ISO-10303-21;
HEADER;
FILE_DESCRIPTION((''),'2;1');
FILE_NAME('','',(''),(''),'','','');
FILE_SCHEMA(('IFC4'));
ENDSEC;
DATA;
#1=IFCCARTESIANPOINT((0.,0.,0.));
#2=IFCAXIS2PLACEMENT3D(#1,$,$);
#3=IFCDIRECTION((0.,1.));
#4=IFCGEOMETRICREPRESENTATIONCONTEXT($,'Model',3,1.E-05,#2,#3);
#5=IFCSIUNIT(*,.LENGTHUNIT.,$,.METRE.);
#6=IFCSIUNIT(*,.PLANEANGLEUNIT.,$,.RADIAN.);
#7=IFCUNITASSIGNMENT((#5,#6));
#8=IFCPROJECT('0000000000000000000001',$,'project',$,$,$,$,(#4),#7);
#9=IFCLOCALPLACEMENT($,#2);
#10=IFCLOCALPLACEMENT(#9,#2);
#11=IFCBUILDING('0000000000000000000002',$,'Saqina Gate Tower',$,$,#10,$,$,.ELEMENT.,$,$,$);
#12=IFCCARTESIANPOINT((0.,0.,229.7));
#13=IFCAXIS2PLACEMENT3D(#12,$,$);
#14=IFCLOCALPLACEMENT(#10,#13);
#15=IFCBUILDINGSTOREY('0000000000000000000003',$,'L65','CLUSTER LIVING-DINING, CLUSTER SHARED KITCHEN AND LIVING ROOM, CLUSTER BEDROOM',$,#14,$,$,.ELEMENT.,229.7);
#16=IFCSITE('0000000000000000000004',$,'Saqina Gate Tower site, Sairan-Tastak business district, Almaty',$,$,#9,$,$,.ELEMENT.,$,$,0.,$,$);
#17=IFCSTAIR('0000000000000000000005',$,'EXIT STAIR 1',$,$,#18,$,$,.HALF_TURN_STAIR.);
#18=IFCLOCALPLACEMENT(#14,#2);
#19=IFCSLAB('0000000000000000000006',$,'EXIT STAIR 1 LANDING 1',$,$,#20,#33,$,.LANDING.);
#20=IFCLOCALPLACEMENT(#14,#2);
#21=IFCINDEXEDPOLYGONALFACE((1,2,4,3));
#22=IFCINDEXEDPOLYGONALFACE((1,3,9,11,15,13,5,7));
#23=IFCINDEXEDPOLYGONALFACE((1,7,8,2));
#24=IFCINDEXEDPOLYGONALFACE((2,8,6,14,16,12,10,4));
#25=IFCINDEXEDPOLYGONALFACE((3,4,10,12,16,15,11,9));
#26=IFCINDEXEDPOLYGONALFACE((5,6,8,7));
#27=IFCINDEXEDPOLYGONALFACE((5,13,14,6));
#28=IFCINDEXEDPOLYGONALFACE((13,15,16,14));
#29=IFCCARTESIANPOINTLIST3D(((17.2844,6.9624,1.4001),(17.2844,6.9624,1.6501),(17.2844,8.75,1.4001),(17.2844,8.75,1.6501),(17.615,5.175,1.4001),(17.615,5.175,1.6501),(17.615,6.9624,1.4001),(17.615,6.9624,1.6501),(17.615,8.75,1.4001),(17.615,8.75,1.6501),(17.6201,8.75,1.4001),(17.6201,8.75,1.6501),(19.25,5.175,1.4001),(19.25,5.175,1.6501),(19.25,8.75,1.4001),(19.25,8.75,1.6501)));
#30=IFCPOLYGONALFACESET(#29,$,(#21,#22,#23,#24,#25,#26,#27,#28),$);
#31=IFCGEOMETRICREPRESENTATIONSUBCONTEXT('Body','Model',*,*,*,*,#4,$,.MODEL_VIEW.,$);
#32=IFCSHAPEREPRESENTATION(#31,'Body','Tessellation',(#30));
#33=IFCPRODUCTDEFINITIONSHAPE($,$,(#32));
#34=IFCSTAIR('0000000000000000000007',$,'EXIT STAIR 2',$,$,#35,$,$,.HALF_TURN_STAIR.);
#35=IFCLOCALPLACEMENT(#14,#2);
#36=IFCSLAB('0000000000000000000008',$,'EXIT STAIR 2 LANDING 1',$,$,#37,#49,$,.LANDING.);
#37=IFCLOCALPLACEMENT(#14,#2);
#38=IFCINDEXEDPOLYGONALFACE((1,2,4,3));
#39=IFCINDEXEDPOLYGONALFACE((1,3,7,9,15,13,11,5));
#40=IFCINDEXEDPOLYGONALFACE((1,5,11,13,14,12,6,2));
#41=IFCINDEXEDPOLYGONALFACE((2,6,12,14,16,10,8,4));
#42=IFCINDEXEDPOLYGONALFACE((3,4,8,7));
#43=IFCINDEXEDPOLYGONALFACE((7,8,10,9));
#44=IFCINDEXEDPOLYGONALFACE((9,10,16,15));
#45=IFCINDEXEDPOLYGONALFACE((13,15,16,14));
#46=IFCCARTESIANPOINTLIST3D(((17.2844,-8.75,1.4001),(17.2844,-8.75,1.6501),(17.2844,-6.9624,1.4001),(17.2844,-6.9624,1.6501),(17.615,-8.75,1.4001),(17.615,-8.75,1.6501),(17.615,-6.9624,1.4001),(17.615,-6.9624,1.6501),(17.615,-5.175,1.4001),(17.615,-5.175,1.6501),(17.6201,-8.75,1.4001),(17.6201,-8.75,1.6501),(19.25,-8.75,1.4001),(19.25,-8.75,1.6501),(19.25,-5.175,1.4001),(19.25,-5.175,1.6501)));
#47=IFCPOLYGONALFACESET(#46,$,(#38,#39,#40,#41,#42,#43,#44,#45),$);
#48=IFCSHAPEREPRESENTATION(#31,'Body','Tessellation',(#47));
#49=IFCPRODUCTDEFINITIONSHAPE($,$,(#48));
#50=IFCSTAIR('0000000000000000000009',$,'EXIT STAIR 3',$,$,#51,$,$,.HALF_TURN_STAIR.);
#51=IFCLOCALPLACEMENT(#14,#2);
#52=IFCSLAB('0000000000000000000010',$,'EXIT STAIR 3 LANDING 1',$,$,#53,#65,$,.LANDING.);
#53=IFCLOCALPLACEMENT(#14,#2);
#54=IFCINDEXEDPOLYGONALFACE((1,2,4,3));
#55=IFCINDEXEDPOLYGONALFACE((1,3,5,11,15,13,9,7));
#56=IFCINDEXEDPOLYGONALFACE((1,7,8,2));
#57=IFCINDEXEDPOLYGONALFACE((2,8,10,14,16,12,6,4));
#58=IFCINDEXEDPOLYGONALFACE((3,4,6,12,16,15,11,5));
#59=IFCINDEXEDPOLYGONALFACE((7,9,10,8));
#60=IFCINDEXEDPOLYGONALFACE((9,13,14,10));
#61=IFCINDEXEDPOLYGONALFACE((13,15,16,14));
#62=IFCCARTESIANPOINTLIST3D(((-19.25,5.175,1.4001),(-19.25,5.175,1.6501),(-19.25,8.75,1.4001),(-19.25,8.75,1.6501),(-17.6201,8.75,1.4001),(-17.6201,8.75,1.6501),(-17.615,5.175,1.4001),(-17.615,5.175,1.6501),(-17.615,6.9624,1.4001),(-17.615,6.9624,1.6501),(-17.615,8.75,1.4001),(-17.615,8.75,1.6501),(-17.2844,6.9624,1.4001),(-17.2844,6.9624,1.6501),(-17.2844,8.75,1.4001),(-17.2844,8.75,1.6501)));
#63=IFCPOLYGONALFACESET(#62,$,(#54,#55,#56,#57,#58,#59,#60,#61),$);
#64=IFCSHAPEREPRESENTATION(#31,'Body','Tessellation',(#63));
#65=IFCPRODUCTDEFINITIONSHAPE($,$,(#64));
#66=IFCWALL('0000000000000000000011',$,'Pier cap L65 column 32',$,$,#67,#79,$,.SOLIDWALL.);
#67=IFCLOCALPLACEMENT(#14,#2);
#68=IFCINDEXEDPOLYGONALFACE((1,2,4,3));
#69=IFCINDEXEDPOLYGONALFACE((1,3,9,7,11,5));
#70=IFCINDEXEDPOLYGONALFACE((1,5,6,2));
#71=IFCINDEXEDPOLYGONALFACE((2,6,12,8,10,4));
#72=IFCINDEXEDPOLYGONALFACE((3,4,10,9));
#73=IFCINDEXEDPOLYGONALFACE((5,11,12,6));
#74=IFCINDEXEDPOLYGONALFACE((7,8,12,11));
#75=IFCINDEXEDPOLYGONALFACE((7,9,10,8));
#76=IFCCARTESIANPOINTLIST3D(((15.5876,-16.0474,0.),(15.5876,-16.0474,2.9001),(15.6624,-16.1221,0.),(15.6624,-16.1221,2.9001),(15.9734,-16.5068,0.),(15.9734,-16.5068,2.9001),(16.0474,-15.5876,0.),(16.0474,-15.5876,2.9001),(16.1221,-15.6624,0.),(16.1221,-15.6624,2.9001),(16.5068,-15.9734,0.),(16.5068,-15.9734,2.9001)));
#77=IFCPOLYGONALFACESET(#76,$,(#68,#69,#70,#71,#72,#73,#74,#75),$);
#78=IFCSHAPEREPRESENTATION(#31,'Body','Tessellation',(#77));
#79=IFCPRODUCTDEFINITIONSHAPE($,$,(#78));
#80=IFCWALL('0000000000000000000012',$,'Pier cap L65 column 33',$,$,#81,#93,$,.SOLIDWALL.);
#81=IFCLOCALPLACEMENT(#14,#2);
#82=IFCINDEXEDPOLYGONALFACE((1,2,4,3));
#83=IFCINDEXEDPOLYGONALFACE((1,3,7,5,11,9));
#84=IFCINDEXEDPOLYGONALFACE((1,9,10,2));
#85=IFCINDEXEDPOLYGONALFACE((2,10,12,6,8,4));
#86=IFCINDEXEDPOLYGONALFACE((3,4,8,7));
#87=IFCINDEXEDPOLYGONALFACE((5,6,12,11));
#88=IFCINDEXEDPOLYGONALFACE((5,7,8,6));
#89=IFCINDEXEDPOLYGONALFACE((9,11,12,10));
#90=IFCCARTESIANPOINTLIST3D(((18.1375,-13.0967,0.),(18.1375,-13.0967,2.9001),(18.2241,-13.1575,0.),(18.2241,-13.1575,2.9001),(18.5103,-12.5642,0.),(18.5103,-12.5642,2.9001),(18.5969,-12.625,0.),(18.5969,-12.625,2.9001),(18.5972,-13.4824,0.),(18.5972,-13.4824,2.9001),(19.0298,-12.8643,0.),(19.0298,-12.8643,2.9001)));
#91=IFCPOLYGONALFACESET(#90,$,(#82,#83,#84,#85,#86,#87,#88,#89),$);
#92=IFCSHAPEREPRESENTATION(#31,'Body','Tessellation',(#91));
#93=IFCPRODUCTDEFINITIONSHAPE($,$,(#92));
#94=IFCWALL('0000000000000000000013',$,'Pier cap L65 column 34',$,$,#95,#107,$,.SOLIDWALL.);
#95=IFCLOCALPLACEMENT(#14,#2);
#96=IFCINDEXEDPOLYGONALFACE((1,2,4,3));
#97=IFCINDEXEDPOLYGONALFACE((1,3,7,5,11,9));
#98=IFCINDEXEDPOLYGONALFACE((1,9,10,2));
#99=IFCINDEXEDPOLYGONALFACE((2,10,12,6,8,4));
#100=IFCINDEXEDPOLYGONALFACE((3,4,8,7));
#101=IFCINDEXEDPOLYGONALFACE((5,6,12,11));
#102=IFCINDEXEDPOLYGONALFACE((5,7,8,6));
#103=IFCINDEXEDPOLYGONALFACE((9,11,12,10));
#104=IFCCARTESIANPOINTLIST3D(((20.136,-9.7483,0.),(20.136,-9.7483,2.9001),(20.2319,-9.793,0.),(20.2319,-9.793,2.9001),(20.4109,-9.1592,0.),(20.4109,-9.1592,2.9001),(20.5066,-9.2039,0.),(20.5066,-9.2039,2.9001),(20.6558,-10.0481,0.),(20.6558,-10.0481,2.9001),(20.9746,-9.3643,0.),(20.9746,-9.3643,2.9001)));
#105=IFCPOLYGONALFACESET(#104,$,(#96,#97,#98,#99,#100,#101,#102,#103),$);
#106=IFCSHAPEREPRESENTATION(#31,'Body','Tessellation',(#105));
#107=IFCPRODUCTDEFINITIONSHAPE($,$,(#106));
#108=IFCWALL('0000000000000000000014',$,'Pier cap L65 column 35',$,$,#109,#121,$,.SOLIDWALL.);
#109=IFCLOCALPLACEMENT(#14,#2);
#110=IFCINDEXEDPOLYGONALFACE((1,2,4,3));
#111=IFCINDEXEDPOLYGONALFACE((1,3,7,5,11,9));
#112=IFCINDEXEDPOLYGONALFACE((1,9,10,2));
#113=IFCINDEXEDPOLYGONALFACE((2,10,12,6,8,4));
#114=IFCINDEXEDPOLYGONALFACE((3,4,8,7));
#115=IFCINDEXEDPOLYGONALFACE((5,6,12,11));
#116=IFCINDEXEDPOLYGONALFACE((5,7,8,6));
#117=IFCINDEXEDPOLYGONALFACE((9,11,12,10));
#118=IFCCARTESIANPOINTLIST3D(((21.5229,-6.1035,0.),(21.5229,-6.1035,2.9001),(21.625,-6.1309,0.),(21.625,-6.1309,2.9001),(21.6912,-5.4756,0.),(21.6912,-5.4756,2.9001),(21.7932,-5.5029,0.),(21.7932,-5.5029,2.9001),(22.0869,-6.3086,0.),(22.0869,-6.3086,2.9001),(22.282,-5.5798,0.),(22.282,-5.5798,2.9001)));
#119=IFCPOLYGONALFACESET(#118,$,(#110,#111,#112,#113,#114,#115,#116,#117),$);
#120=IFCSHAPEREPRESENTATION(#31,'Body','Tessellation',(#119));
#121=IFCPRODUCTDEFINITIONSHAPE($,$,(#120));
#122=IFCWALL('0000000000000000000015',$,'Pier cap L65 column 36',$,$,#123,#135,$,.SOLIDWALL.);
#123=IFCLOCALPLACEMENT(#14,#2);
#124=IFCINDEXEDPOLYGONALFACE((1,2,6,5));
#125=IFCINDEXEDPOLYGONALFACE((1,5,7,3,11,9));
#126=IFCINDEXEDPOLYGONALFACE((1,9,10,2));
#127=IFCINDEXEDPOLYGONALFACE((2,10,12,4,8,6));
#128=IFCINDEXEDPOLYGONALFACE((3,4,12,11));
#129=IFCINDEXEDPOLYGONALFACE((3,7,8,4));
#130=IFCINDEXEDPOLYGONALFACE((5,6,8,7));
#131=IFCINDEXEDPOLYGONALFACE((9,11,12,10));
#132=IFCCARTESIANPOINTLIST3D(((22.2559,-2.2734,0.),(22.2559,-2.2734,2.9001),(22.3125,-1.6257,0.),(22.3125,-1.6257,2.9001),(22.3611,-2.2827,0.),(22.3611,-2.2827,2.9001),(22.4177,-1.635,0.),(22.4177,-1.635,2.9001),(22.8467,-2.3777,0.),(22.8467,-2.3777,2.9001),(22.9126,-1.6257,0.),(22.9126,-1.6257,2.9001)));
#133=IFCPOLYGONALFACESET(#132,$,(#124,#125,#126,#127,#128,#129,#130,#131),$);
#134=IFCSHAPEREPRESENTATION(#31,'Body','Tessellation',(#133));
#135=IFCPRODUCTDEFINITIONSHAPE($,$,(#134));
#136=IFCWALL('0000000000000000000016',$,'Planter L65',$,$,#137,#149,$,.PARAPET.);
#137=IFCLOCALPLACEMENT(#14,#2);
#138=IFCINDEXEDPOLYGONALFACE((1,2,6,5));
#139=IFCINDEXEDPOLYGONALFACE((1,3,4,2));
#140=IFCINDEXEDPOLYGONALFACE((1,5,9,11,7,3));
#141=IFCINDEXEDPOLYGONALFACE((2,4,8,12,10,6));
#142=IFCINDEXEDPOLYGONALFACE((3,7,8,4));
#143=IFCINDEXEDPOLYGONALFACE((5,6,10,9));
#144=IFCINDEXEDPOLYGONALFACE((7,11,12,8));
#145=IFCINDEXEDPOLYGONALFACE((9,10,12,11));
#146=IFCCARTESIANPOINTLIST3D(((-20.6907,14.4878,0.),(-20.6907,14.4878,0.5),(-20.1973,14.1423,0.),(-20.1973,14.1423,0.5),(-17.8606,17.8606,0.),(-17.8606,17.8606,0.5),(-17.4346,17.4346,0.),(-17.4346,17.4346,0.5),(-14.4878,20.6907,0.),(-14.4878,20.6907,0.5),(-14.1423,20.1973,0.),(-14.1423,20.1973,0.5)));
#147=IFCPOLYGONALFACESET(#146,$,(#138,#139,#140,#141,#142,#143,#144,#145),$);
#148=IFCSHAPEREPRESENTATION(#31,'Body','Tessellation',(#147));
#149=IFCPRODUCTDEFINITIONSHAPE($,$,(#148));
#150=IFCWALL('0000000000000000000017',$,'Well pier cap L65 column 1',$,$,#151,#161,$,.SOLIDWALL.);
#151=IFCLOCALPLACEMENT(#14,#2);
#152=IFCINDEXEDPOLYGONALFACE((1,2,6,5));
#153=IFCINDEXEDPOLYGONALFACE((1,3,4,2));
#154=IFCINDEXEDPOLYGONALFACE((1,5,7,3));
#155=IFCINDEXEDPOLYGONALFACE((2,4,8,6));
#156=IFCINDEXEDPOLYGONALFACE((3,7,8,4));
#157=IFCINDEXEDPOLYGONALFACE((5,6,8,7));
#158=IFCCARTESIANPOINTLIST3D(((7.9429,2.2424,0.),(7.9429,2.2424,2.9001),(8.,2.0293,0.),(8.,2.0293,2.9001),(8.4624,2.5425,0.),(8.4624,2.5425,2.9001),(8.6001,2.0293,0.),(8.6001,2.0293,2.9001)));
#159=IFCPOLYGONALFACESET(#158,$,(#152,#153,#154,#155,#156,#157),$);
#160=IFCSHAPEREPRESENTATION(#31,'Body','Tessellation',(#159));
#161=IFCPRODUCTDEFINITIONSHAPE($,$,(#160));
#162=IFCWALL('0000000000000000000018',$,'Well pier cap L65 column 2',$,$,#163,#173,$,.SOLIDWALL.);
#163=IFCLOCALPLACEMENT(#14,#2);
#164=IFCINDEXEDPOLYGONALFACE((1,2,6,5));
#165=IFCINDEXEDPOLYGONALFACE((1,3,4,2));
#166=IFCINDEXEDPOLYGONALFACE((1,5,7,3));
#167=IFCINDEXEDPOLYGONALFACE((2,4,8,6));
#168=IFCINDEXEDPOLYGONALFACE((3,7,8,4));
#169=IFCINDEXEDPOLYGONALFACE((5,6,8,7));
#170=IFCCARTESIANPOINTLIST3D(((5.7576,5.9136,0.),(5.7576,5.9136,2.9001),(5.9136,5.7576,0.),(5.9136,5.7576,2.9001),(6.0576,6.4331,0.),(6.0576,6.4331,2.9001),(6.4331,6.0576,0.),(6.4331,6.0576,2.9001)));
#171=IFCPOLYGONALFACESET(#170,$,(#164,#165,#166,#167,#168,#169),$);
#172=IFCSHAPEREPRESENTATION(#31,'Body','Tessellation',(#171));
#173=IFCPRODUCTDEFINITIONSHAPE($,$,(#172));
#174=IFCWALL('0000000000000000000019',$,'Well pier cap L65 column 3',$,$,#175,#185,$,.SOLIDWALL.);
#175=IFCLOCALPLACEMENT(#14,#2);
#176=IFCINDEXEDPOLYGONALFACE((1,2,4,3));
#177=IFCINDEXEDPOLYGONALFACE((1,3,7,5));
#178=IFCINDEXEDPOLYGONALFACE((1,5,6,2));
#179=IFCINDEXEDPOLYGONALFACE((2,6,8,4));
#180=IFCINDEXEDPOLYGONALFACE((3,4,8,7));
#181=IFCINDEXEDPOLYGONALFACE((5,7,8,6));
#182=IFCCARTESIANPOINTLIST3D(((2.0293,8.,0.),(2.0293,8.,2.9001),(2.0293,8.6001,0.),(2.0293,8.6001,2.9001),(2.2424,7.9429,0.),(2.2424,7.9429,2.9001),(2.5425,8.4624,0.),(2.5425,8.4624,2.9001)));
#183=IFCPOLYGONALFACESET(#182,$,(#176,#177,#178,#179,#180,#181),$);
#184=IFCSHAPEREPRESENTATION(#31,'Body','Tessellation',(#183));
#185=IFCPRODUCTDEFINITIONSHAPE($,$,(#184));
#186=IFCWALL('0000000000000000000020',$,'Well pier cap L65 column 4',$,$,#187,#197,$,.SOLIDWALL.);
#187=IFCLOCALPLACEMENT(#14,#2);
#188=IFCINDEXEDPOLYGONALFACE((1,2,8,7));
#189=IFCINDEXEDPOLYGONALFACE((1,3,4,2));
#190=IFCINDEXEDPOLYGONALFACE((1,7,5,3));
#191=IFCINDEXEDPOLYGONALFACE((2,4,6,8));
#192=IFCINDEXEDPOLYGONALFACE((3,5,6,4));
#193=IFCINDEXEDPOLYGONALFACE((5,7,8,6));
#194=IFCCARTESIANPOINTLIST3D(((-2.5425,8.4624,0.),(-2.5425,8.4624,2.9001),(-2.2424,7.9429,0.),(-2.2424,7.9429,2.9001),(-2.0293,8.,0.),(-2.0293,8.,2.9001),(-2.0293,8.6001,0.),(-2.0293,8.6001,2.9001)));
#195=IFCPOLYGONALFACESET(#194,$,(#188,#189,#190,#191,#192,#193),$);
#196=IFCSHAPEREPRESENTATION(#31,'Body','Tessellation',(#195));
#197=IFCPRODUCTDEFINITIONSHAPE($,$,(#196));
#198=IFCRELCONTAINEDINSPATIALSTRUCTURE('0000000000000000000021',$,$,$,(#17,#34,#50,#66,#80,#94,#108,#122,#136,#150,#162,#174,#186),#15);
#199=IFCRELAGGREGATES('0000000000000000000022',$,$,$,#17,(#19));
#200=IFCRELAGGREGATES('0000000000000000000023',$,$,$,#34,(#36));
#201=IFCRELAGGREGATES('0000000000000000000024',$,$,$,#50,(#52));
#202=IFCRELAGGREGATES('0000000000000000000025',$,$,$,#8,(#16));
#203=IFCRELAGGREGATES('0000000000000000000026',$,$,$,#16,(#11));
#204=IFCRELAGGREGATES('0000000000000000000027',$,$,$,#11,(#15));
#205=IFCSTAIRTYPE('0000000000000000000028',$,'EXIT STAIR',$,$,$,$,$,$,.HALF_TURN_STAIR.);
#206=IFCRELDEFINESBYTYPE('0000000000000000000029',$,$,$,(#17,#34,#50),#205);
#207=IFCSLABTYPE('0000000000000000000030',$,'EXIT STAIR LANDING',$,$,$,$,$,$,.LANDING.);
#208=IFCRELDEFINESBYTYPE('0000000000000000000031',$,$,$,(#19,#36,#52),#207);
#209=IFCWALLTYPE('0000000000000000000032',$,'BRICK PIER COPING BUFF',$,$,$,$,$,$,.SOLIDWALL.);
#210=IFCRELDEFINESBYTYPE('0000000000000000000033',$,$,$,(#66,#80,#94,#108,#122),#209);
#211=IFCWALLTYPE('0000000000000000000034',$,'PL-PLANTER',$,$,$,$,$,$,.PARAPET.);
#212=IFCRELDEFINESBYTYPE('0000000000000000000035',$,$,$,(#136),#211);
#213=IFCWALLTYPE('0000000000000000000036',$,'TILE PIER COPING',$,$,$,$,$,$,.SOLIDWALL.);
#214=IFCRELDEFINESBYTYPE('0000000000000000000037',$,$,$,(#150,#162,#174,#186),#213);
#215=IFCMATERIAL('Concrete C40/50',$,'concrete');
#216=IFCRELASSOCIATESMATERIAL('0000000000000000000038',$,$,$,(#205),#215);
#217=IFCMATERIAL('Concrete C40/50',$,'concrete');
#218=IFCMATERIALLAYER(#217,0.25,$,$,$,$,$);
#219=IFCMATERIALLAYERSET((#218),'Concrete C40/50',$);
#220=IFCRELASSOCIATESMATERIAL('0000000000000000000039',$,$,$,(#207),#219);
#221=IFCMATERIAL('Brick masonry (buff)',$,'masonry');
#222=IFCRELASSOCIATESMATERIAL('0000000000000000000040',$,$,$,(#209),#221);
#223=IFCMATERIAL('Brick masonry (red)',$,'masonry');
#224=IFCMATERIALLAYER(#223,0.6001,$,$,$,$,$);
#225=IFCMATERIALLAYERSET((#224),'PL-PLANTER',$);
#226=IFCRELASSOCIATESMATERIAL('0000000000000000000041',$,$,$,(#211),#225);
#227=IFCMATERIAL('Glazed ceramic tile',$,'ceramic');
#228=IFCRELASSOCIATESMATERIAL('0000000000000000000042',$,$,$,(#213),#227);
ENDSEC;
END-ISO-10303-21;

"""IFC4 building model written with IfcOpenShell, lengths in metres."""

from ifc_helpers import new_model, si_unit, direction, frame, origin, place, context, subcontext, project, spatial, polyline, outline, extrude, material, layer, layer_set, type_object, element, aggregate, save


model = new_model("IFC4")

# Units and contexts
model_context = context("Model", 3, precision=1e-05, world=origin(), true_north=direction((0.0, 1.0)))
body_context = subcontext(model_context, "Body", "Model", "MODEL_VIEW")
ifc_project = project(units=[si_unit("LENGTHUNIT", "METRE"), si_unit("PLANEANGLEUNIT", "RADIAN")], contexts=[model_context])

# Site, building, storey
site_placement = place(None, origin())
site = spatial("IfcSite", under=ifc_project, at=site_placement, Name="Saqina Gate Tower site, Sairan-Tastak business district, Almaty", CompositionType="ELEMENT", RefElevation=0.0)
building_placement = place(site_placement, origin())
building = spatial("IfcBuilding", under=site, at=building_placement, Name="Saqina Gate Tower", CompositionType="ELEMENT")
storey_placement = place(building_placement, frame((0.0, 0.0, 229.7)))
storey = spatial("IfcBuildingStorey", under=building, at=storey_placement, Name="L65", Description="CLUSTER LIVING-DINING, CLUSTER SHARED KITCHEN AND LIVING ROOM, CLUSTER BEDROOM", CompositionType="ELEMENT", Elevation=229.7)

# Stairs, slabs
ifc_material_1 = material(Name="Concrete C40/50", Category="concrete")
stair_type = type_object("IfcStairType", Name="EXIT STAIR", PredefinedType="HALF_TURN_STAIR", material=ifc_material_1)
stair_1_placement = place(storey_placement, origin())
stair_1 = element("IfcStair", 1, at=stair_1_placement, inside=storey, type_object=stair_type, Name="EXIT STAIR 1", PredefinedType="HALF_TURN_STAIR")
ifc_material_2 = material(Name="Concrete C40/50", Category="concrete")
ifc_layer_1 = layer(ifc_material_2, 0.25)
ifc_layer_set_1 = layer_set([ifc_layer_1], Name="Concrete C40/50")
slab_type = type_object("IfcSlabType", Name="EXIT STAIR LANDING", PredefinedType="LANDING", material=ifc_layer_set_1)
slab_1_placement = place(storey_placement, frame((0.0, 0.0, 1.4001)))
slab_1 = element("IfcSlab", 2, at=slab_1_placement, type_object=slab_type, Name="EXIT STAIR 1 LANDING 1", PredefinedType="LANDING", context=body_context, shape_type="SweptSolid", body=[
    extrude(outline(polyline([(19.25, 8.75), (19.25, 5.175), (17.615, 5.175), (17.615, 6.9624), (17.2844, 6.9624), (17.2844, 8.75), (17.615, 8.75), (17.6201, 8.75), (19.25, 8.75)])), origin(), (0.0, 0.0, 1.0), 0.25),
])
aggregate(stair_1, [slab_1])
stair_2_placement = place(storey_placement, origin())
stair_2 = element("IfcStair", 3, at=stair_2_placement, inside=storey, type_object=stair_type, Name="EXIT STAIR 2", PredefinedType="HALF_TURN_STAIR")
slab_2_placement = place(storey_placement, frame((0.0, 0.0, 1.4001)))
slab_2 = element("IfcSlab", 4, at=slab_2_placement, type_object=slab_type, Name="EXIT STAIR 2 LANDING 1", PredefinedType="LANDING", context=body_context, shape_type="SweptSolid", body=[
    extrude(outline(polyline([(17.2844, -8.75), (17.2844, -6.9624), (17.615, -6.9624), (17.615, -5.175), (19.25, -5.175), (19.25, -8.75), (17.6201, -8.75), (17.615, -8.75), (17.2844, -8.75)])), origin(), (0.0, 0.0, 1.0), 0.25),
])
aggregate(stair_2, [slab_2])
stair_3_placement = place(storey_placement, origin())
stair_3 = element("IfcStair", 5, at=stair_3_placement, inside=storey, type_object=stair_type, Name="EXIT STAIR 3", PredefinedType="HALF_TURN_STAIR")
slab_3_placement = place(storey_placement, frame((0.0, 0.0, 1.4001)))
slab_3 = element("IfcSlab", 6, at=slab_3_placement, type_object=slab_type, Name="EXIT STAIR 3 LANDING 1", PredefinedType="LANDING", context=body_context, shape_type="SweptSolid", body=[
    extrude(outline(polyline([(-17.615, 5.175), (-19.25, 5.175), (-19.25, 8.75), (-17.6201, 8.75), (-17.615, 8.75), (-17.2844, 8.75), (-17.2844, 6.9624), (-17.615, 6.9624), (-17.615, 5.175)])), origin(), (0.0, 0.0, 1.0), 0.25),
])
aggregate(stair_3, [slab_3])

# Walls
ifc_material_3 = material(Name="Brick masonry (buff)", Category="masonry")
wall_type_1 = type_object("IfcWallType", Name="BRICK PIER COPING BUFF", PredefinedType="SOLIDWALL", material=ifc_material_3)
wall_1_placement = place(storey_placement, origin())
element("IfcWall", 7, at=wall_1_placement, inside=storey, type_object=wall_type_1, Name="Pier cap L65 column 32", PredefinedType="SOLIDWALL", context=body_context, shape_type="SweptSolid", body=[
    extrude(outline(polyline([(16.5068, -15.9734), (16.0474, -15.5876), (16.1221, -15.6624), (15.6624, -16.1221), (15.5876, -16.0474), (15.9734, -16.5068), (16.5068, -15.9734)])), origin(), (0.0, 0.0, 1.0), 2.9001),
])
wall_2_placement = place(storey_placement, origin())
element("IfcWall", 8, at=wall_2_placement, inside=storey, type_object=wall_type_1, Name="Pier cap L65 column 33", PredefinedType="SOLIDWALL", context=body_context, shape_type="SweptSolid", body=[
    extrude(outline(polyline([(19.0298, -12.8643), (18.5103, -12.5642), (18.5969, -12.625), (18.2241, -13.1575), (18.1375, -13.0967), (18.5972, -13.4824), (19.0298, -12.8643)])), origin(), (0.0, 0.0, 1.0), 2.9001),
])
wall_3_placement = place(storey_placement, origin())
element("IfcWall", 9, at=wall_3_placement, inside=storey, type_object=wall_type_1, Name="Pier cap L65 column 34", PredefinedType="SOLIDWALL", context=body_context, shape_type="SweptSolid", body=[
    extrude(outline(polyline([(20.6558, -10.0481), (20.9746, -9.3643), (20.4109, -9.1592), (20.5066, -9.2039), (20.2319, -9.793), (20.136, -9.7483), (20.6558, -10.0481)])), origin(), (0.0, 0.0, 1.0), 2.9001),
])
wall_4_placement = place(storey_placement, origin())
element("IfcWall", 10, at=wall_4_placement, inside=storey, type_object=wall_type_1, Name="Pier cap L65 column 35", PredefinedType="SOLIDWALL", context=body_context, shape_type="SweptSolid", body=[
    extrude(outline(polyline([(22.282, -5.5798), (21.6912, -5.4756), (21.7932, -5.5029), (21.625, -6.1309), (21.5229, -6.1035), (22.0869, -6.3086), (22.282, -5.5798)])), origin(), (0.0, 0.0, 1.0), 2.9001),
])
wall_5_placement = place(storey_placement, origin())
element("IfcWall", 11, at=wall_5_placement, inside=storey, type_object=wall_type_1, Name="Pier cap L65 column 36", PredefinedType="SOLIDWALL", context=body_context, shape_type="SweptSolid", body=[
    extrude(outline(polyline([(22.8467, -2.3777), (22.9126, -1.6257), (22.3125, -1.6257), (22.4177, -1.635), (22.3611, -2.2827), (22.2559, -2.2734), (22.8467, -2.3777)])), origin(), (0.0, 0.0, 1.0), 2.9001),
])
ifc_material_4 = material(Name="Brick masonry (red)", Category="masonry")
ifc_layer_2 = layer(ifc_material_4, 0.6001)
ifc_layer_set_2 = layer_set([ifc_layer_2], Name="PL-PLANTER")
wall_type_2 = type_object("IfcWallType", Name="PL-PLANTER", PredefinedType="PARAPET", material=ifc_layer_set_2)
wall_6_placement = place(storey_placement, origin())
element("IfcWall", 12, at=wall_6_placement, inside=storey, type_object=wall_type_2, Name="Planter L65", PredefinedType="PARAPET", context=body_context, shape_type="SweptSolid", body=[
    extrude(outline(polyline([(-14.4878, 20.6907), (-17.8606, 17.8606), (-20.6907, 14.4878), (-20.1973, 14.1423), (-17.4346, 17.4346), (-14.1423, 20.1973), (-14.4878, 20.6907)])), origin(), (0.0, 0.0, 1.0), 0.5),
])
ifc_material_5 = material(Name="Glazed ceramic tile", Category="ceramic")
wall_type_3 = type_object("IfcWallType", Name="TILE PIER COPING", PredefinedType="SOLIDWALL", material=ifc_material_5)
wall_7_placement = place(storey_placement, origin())
element("IfcWall", 13, at=wall_7_placement, inside=storey, type_object=wall_type_3, Name="Well pier cap L65 column 1", PredefinedType="SOLIDWALL", context=body_context, shape_type="SweptSolid", body=[
    extrude(outline(polyline([(8.4624, 2.5425), (7.9429, 2.2424), (8.0, 2.0293), (8.6001, 2.0293), (8.4624, 2.5425)])), origin(), (0.0, 0.0, 1.0), 2.9001),
])
wall_8_placement = place(storey_placement, origin())
element("IfcWall", 14, at=wall_8_placement, inside=storey, type_object=wall_type_3, Name="Well pier cap L65 column 2", PredefinedType="SOLIDWALL", context=body_context, shape_type="SweptSolid", body=[
    extrude(outline(polyline([(6.0576, 6.4331), (5.7576, 5.9136), (5.9136, 5.7576), (6.4331, 6.0576), (6.0576, 6.4331)])), origin(), (0.0, 0.0, 1.0), 2.9001),
])
wall_9_placement = place(storey_placement, origin())
element("IfcWall", 15, at=wall_9_placement, inside=storey, type_object=wall_type_3, Name="Well pier cap L65 column 3", PredefinedType="SOLIDWALL", context=body_context, shape_type="SweptSolid", body=[
    extrude(outline(polyline([(2.0293, 8.6001), (2.0293, 8.0), (2.2424, 7.9429), (2.5425, 8.4624), (2.0293, 8.6001)])), origin(), (0.0, 0.0, 1.0), 2.9001),
])
wall_10_placement = place(storey_placement, origin())
element("IfcWall", 16, at=wall_10_placement, inside=storey, type_object=wall_type_3, Name="Well pier cap L65 column 4", PredefinedType="SOLIDWALL", context=body_context, shape_type="SweptSolid", body=[
    extrude(outline(polyline([(-2.5425, 8.4624), (-2.2424, 7.9429), (-2.0293, 8.0), (-2.0293, 8.6001), (-2.5425, 8.4624)])), origin(), (0.0, 0.0, 1.0), 2.9001),
])

save(model, "model.ifc")
